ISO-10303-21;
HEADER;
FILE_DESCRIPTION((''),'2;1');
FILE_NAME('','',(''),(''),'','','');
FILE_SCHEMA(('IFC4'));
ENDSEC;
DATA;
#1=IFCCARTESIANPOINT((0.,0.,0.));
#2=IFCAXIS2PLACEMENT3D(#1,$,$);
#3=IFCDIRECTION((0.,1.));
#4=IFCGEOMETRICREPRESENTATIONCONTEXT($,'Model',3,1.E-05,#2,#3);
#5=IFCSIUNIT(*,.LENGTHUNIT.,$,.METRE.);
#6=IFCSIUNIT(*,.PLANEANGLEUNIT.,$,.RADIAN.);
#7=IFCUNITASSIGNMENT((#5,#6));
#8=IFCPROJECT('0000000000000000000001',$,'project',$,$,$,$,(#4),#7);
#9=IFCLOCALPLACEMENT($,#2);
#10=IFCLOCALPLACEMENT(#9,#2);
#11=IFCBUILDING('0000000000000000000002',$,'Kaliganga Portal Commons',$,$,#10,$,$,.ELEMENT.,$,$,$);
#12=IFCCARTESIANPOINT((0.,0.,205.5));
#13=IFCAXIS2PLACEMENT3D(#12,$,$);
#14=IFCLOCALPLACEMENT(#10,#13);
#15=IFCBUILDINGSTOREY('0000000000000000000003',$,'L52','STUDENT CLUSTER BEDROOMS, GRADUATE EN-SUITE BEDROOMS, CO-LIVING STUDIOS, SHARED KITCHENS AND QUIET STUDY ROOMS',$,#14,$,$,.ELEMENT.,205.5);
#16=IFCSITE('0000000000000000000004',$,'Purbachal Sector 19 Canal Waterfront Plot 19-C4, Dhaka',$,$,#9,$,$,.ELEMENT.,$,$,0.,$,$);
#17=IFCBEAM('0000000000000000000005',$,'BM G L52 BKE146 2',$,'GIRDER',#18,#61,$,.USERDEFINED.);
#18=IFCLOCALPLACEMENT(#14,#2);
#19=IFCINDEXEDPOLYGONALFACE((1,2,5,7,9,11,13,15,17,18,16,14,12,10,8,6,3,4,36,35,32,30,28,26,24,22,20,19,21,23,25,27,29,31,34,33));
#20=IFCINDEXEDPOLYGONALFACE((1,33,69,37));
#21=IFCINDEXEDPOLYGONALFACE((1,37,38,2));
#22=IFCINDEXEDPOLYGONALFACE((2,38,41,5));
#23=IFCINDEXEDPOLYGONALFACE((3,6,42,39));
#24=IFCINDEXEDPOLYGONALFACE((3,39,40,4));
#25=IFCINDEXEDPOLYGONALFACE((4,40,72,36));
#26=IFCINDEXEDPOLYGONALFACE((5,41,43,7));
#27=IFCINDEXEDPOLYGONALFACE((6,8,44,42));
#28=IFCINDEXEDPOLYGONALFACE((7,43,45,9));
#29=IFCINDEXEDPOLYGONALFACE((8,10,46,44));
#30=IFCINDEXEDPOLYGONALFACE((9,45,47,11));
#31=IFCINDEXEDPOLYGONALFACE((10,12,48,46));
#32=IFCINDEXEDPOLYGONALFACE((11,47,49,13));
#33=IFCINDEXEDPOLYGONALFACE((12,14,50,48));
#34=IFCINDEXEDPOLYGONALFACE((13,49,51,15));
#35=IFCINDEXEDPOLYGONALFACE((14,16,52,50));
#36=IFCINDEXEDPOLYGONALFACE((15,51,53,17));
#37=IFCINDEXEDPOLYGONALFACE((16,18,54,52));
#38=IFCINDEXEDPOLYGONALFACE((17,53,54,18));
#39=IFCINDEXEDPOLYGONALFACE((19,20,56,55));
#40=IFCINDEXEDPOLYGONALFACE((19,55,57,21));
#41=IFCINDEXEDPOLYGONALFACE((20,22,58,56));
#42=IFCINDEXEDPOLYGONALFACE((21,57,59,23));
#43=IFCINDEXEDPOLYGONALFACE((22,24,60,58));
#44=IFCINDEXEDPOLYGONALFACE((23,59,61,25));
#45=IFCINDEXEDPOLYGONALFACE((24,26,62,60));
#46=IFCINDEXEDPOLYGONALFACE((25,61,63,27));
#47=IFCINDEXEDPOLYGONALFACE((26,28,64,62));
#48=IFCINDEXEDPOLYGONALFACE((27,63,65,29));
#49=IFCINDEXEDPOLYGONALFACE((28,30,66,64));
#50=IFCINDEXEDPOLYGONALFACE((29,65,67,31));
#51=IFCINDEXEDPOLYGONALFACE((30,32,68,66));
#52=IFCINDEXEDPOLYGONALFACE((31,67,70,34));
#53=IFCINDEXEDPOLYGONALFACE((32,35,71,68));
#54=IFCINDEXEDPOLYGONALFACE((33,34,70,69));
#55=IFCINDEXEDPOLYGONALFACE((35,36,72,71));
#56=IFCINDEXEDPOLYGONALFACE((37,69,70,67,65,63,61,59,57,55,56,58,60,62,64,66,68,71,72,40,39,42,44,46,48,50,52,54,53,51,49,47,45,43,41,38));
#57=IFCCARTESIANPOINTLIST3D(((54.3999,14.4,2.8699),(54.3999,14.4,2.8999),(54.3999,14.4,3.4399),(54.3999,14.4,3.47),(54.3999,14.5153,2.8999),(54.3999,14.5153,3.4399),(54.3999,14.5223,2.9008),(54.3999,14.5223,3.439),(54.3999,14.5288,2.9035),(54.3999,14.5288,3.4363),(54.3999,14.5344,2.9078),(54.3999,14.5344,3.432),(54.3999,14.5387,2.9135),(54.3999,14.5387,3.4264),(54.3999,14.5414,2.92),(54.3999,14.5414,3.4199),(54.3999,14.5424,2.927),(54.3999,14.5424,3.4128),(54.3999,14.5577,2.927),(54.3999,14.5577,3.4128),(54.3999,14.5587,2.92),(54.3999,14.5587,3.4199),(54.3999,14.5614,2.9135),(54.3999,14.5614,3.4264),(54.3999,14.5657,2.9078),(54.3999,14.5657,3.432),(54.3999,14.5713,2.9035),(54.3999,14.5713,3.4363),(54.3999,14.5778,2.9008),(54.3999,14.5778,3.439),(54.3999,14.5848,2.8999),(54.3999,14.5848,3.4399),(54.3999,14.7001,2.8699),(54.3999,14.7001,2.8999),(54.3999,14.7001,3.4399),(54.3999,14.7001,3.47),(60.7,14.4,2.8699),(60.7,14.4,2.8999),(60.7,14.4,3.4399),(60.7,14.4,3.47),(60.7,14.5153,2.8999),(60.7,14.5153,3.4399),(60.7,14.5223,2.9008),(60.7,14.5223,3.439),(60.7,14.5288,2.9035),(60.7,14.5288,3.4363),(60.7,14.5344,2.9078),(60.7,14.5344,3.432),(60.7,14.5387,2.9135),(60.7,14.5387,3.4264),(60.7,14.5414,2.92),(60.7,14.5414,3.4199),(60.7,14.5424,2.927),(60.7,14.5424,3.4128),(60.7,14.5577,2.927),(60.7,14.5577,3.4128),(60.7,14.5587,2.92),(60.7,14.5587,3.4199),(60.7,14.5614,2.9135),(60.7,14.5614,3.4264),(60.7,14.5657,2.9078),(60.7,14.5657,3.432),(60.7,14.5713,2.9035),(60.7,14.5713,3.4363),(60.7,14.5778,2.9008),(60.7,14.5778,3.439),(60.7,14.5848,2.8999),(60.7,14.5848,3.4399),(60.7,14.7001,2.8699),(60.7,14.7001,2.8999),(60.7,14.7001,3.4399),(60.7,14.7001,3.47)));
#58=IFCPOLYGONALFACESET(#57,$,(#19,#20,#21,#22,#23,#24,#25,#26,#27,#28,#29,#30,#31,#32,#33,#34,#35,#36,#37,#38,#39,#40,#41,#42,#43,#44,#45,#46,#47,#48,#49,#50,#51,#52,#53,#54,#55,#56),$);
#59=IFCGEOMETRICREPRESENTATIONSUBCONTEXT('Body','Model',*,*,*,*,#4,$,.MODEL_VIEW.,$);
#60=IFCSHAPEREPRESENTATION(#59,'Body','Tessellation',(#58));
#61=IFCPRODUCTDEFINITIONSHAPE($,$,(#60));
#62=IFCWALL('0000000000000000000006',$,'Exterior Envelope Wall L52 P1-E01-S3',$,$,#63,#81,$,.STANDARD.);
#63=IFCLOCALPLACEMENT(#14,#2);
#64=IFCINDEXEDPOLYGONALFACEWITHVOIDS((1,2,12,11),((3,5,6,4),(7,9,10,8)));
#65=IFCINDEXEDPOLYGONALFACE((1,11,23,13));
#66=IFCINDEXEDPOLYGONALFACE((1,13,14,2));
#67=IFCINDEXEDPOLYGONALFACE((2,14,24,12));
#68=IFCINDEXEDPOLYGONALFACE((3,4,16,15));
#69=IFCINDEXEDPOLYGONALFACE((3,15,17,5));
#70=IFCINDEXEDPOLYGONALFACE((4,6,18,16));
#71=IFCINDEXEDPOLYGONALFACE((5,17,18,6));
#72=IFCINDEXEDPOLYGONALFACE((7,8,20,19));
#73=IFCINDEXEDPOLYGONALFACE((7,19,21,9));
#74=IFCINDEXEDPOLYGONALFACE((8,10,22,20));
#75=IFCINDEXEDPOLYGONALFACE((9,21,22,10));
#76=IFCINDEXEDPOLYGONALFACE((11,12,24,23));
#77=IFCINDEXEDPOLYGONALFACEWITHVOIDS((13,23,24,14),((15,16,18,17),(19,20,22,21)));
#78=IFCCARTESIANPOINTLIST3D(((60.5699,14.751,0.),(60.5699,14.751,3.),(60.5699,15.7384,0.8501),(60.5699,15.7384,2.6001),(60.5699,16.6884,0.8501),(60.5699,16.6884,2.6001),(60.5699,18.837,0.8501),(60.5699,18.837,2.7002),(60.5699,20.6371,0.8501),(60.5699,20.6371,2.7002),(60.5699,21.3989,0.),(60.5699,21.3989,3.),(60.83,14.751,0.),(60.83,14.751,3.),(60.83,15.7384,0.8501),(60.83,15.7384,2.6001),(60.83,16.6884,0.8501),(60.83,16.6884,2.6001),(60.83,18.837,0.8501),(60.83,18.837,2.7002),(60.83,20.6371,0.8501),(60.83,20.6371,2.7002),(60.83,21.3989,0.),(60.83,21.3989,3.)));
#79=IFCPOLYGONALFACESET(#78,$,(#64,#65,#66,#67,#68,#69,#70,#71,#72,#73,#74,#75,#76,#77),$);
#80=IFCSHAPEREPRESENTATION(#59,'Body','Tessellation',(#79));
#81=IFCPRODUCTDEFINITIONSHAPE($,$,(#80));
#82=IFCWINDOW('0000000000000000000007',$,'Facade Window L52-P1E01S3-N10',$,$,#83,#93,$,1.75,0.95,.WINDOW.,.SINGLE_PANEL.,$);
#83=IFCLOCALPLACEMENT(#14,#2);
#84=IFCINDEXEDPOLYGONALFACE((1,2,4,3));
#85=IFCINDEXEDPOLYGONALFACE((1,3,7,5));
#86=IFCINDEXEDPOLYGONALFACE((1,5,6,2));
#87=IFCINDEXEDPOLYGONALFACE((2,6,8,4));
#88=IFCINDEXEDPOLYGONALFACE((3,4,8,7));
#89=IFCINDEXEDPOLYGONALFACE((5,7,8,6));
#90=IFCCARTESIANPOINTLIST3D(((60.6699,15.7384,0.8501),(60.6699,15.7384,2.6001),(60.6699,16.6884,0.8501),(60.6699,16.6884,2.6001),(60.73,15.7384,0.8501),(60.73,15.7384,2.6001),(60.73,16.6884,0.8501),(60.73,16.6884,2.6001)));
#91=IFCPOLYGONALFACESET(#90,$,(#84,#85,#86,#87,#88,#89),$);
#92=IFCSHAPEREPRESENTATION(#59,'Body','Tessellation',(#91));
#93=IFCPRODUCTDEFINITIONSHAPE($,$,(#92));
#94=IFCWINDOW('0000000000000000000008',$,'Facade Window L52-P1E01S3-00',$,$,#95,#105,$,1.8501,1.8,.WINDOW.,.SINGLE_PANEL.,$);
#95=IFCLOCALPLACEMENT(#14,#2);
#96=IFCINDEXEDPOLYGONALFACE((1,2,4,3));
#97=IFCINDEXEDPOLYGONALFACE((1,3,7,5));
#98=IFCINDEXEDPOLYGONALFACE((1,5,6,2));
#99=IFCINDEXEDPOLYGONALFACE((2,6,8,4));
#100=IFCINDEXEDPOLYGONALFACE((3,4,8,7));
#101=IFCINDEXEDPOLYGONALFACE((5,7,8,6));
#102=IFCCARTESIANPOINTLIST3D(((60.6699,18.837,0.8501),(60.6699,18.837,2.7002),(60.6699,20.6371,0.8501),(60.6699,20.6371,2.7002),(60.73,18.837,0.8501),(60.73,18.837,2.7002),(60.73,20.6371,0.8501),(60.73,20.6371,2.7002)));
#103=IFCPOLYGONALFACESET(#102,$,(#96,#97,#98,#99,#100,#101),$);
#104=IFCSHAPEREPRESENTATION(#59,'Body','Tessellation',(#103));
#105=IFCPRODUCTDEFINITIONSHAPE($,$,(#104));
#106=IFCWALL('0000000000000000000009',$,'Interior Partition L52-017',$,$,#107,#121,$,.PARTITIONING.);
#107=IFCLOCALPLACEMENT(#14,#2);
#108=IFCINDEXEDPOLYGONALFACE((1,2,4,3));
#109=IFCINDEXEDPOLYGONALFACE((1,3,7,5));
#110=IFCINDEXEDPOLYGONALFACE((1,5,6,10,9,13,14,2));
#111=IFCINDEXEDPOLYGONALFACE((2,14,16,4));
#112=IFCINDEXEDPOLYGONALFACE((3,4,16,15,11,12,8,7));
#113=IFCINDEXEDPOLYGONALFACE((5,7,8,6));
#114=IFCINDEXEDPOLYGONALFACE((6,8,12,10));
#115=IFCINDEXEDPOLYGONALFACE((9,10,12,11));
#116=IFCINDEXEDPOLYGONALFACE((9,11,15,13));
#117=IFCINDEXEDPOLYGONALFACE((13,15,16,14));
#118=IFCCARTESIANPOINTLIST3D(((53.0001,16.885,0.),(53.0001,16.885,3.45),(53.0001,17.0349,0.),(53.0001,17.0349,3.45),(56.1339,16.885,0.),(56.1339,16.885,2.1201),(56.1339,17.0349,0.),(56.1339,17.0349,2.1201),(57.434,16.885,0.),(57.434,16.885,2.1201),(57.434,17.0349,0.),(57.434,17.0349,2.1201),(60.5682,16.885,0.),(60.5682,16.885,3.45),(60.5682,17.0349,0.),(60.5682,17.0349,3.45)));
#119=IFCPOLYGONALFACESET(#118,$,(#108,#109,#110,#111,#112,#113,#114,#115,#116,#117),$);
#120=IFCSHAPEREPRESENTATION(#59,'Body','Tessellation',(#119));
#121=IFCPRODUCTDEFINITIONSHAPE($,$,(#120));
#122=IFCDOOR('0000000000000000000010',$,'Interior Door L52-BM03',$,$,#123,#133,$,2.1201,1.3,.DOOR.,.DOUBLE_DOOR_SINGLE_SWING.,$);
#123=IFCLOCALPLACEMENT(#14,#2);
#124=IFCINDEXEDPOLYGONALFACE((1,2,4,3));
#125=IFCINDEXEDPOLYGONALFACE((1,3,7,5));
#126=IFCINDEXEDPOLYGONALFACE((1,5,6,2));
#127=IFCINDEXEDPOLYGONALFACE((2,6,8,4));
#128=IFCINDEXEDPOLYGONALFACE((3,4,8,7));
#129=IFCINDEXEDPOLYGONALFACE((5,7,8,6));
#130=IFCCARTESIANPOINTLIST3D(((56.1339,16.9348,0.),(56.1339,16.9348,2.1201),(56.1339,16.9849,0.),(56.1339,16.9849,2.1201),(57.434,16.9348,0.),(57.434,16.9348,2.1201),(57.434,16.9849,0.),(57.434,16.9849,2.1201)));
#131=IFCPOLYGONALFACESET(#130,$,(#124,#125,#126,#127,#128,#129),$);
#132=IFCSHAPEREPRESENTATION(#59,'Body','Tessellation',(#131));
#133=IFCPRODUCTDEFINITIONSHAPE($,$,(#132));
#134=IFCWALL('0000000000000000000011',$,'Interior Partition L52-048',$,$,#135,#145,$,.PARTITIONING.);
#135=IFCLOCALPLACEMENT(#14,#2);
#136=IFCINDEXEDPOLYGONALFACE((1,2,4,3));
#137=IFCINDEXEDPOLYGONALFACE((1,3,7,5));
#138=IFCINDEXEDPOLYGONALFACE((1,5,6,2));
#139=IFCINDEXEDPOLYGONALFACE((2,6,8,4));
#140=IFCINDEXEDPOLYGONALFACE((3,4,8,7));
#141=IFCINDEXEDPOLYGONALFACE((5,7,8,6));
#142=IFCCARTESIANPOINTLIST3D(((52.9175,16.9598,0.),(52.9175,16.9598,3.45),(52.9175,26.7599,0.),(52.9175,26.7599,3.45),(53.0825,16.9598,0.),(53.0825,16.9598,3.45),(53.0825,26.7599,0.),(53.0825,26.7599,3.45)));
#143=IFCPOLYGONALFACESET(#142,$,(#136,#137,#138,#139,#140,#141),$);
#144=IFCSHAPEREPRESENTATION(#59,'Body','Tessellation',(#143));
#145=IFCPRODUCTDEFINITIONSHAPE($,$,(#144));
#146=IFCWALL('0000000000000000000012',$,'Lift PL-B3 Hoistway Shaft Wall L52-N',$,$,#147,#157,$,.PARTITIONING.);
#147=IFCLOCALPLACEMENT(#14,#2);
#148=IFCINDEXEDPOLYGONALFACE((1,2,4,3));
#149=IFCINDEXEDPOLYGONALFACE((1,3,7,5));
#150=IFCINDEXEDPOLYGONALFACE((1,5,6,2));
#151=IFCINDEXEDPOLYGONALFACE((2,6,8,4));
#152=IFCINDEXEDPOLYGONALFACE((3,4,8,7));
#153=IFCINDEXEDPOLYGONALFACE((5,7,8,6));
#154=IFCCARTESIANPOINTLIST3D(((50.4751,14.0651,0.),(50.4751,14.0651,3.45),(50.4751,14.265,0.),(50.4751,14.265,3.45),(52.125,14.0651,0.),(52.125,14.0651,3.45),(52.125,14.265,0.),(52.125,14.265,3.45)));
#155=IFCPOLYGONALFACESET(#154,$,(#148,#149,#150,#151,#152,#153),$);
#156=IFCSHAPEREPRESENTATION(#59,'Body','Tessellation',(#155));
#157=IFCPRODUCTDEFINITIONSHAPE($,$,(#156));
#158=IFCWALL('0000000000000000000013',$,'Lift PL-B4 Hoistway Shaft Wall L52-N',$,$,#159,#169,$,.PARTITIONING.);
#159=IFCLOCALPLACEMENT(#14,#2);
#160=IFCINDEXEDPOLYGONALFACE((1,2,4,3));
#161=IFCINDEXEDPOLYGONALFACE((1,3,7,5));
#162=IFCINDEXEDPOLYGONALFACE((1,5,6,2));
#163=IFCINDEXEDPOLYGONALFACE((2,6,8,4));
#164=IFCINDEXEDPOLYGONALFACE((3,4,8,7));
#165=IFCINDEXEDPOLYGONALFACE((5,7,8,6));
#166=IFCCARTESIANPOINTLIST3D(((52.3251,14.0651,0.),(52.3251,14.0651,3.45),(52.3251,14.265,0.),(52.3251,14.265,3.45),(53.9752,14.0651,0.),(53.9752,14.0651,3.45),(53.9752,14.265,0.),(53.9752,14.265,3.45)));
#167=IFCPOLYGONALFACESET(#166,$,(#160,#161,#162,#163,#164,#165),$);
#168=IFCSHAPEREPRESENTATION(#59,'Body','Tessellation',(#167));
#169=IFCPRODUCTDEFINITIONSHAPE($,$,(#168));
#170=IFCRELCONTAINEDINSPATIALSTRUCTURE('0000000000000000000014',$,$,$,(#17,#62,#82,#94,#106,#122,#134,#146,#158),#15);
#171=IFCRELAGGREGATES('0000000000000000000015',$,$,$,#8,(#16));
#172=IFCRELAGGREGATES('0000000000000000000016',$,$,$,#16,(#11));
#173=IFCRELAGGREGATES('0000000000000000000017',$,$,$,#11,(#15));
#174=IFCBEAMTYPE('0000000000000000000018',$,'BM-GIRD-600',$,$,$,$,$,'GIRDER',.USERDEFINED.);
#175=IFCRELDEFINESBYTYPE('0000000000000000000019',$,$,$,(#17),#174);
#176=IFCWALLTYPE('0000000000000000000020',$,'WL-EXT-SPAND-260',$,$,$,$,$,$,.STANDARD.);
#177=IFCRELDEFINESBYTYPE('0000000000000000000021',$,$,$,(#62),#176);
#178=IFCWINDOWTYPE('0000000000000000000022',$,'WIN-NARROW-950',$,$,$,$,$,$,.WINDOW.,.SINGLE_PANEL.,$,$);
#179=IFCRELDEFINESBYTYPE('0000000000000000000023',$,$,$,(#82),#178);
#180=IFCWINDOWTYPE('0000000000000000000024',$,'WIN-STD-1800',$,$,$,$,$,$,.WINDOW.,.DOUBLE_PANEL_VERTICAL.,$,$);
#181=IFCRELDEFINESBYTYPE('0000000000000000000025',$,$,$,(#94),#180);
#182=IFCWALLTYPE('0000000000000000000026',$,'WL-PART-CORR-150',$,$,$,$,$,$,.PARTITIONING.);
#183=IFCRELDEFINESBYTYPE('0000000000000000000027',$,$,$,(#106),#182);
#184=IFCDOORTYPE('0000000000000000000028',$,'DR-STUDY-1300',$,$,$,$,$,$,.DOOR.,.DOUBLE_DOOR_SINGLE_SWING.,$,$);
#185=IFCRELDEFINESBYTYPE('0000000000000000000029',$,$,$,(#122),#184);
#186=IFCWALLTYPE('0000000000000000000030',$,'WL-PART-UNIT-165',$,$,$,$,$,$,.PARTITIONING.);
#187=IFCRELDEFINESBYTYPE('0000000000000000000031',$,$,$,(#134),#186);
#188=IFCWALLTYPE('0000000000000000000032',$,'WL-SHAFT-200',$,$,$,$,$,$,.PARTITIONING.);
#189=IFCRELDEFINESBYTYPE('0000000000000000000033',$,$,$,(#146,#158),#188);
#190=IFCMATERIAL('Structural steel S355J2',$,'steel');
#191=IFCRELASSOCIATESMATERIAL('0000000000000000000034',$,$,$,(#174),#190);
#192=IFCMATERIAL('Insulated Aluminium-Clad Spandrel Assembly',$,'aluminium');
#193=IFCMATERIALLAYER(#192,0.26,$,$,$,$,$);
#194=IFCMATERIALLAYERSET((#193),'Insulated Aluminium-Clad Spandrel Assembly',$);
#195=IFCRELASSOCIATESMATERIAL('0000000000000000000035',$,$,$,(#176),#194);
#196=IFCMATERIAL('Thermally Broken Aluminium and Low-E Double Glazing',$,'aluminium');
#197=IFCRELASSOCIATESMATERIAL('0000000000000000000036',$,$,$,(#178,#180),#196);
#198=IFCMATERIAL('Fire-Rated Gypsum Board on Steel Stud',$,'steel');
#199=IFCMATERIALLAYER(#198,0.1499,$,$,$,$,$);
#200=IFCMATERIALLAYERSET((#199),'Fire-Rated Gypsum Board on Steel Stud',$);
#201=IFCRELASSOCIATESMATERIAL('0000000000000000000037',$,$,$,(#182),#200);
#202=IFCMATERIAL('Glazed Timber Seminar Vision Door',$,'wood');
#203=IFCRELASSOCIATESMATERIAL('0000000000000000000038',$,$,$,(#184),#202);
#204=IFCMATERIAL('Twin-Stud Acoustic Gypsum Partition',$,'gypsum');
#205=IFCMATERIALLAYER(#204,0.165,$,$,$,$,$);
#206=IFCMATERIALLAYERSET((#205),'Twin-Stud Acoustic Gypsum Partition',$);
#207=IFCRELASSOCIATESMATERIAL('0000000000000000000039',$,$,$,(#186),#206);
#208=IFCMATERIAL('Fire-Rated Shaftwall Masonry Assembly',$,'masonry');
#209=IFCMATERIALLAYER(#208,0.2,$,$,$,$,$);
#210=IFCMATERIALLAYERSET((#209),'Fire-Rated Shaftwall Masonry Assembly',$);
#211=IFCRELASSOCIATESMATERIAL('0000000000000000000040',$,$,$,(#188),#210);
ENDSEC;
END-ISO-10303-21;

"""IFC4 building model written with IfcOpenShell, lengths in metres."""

from ifc_helpers import new_model, si_unit, direction, frame, frame_2d, origin, origin_2d, place, context, subcontext, project, spatial, rectangle, i_section, extrude, source, transform, mapped, material, layer, layer_set, material_profile, profile_set, type_object, element, fill, save


model = new_model("IFC4")

# Units and contexts
model_context = context("Model", 3, precision=1e-05, world=origin(), true_north=direction((0.0, 1.0)))
body_context = subcontext(model_context, "Body", "Model", "MODEL_VIEW")
ifc_project = project(units=[si_unit("LENGTHUNIT", "METRE"), si_unit("PLANEANGLEUNIT", "RADIAN")], contexts=[model_context])

# Site, building, storey
site_placement = place(None, origin())
site = spatial("IfcSite", under=ifc_project, at=site_placement, Name="Purbachal Sector 19 Canal Waterfront Plot 19-C4, Dhaka", CompositionType="ELEMENT", RefElevation=0.0)
building_placement = place(site_placement, origin())
building = spatial("IfcBuilding", under=site, at=building_placement, Name="Kaliganga Portal Commons", CompositionType="ELEMENT")
storey_placement = place(building_placement, frame((0.0, 0.0, 205.5)))
storey = spatial("IfcBuildingStorey", under=building, at=storey_placement, Name="L52", Description="STUDENT CLUSTER BEDROOMS, GRADUATE EN-SUITE BEDROOMS, CO-LIVING STUDIOS, SHARED KITCHENS AND QUIET STUDY ROOMS", CompositionType="ELEMENT", Elevation=205.5)

# Shared definitions
ifc_material_1 = material(Name="Structural steel S355J2", Category="steel")

# Beam
ifc_material_profile_1 = material_profile(ifc_material_1, i_section(OverallWidth=0.3, OverallDepth=0.6001, WebThickness=0.0154, FlangeThickness=0.03, FilletRadius=0.0271, at=origin_2d()), Name="HE 600 B")
ifc_profile_set_1 = profile_set([ifc_material_profile_1], Name="Structural steel S355J2 wide-flange")
beam_type_1 = type_object("IfcBeamType", Name="BM-GIRD-600", ElementType="GIRDER", PredefinedType="USERDEFINED", material=ifc_profile_set_1)
shared_shape_1 = source(origin(), body_context, "Body", "SweptSolid", [
    extrude(i_section(OverallWidth=0.3, OverallDepth=0.6001, WebThickness=0.0154, FlangeThickness=0.03, FilletRadius=0.0271, at=origin_2d()), origin(), (0.0, 0.0, 1.0), 6.3),
])
beam_1_placement = place(storey_placement, frame((54.3999, 14.55, 3.1699), z_axis=(1.0, 0.0, 0.0), x_axis=(0.0, 1.0, 0.0)))
element("IfcBeam", 1, at=beam_1_placement, inside=storey, type_object=beam_type_1, Name="BM G L52 BKE146 2", ObjectType="GIRDER", PredefinedType="USERDEFINED", context=body_context, shape_type="MappedRepresentation", body=[
    mapped(shared_shape_1, transform((0.0, 0.0, 0.0), x_axis=(1.0, 0.0, 0.0), y_axis=(0.0, 1.0, 0.0), z_axis=(0.0, 0.0, 1.0), scale=1.0)),
])

# Shared definitions
ifc_material_2 = material(Name="Insulated Aluminium-Clad Spandrel Assembly", Category="aluminium")
ifc_layer_1 = layer(ifc_material_2, 0.26)
ifc_layer_set_1 = layer_set([ifc_layer_1], Name="Insulated Aluminium-Clad Spandrel Assembly")
wall_type_1 = type_object("IfcWallType", Name="WL-EXT-SPAND-260", PredefinedType="STANDARD", material=ifc_layer_set_1)

# Wall, openings, windows
wall_1_placement = place(storey_placement, frame((60.7, 21.3989, 0.0), z_axis=(0.0, 0.0, 1.0), x_axis=(0.0, -1.0, 0.0)))
wall_1 = element("IfcWall", 2, at=wall_1_placement, inside=storey, type_object=wall_type_1, Name="Exterior Envelope Wall L52 P1-E01-S3", PredefinedType="STANDARD", context=body_context, shape_type="SweptSolid", body=[
    extrude(rectangle(XDim=6.6479, YDim=0.26, at=frame_2d((3.324, 0.0))), origin(), (0.0, 0.0, 1.0), 3.0),
])
opening_1_placement = place(wall_1_placement, frame((0.762, 0.0, 0.8501)))
opening_1 = element("IfcOpeningElement", 3, at=opening_1_placement, cuts=wall_1, PredefinedType="OPENING", context=body_context, shape_type="SweptSolid", body=[
    extrude(rectangle(XDim=1.8, YDim=1.8501, at=frame_2d((0.8999, 0.925))), frame((0.0, 0.1401, 0.0), z_axis=(0.0, -1.0, 0.0), x_axis=(1.0, 0.0, 0.0)), (0.0, 0.0, 1.0), 0.28),
])
opening_2_placement = place(wall_1_placement, frame((4.7104, 0.0, 0.8501)))
opening_2 = element("IfcOpeningElement", 4, at=opening_2_placement, cuts=wall_1, PredefinedType="OPENING", context=body_context, shape_type="SweptSolid", body=[
    extrude(rectangle(XDim=0.95, YDim=1.75, at=frame_2d((0.4751, 0.875))), frame((0.0, 0.1401, 0.0), z_axis=(0.0, -1.0, 0.0), x_axis=(1.0, 0.0, 0.0)), (0.0, 0.0, 1.0), 0.28),
])
ifc_material_3 = material(Name="Thermally Broken Aluminium and Low-E Double Glazing", Category="aluminium")
window_type_1 = type_object("IfcWindowType", Name="WIN-NARROW-950", PartitioningType="SINGLE_PANEL", PredefinedType="WINDOW", material=ifc_material_3)
window_1_placement = place(opening_2_placement, origin())
window_1 = element("IfcWindow", 5, at=window_1_placement, inside=storey, type_object=window_type_1, Name="Facade Window L52-P1E01S3-N10", OverallHeight=1.75, OverallWidth=0.95, PartitioningType="SINGLE_PANEL", PredefinedType="WINDOW", context=body_context, shape_type="SweptSolid", body=[
    extrude(rectangle(XDim=0.95, YDim=1.75, at=frame_2d((0.4751, 0.875))), frame((0.0, 0.03, 0.0), z_axis=(0.0, -1.0, 0.0), x_axis=(1.0, 0.0, 0.0)), (0.0, 0.0, 1.0), 0.0601),
])
fill(opening_2, window_1)
window_type_2 = type_object("IfcWindowType", Name="WIN-STD-1800", PartitioningType="DOUBLE_PANEL_VERTICAL", PredefinedType="WINDOW", material=ifc_material_3)
window_2_placement = place(opening_1_placement, origin())
window_2 = element("IfcWindow", 6, at=window_2_placement, inside=storey, type_object=window_type_2, Name="Facade Window L52-P1E01S3-00", OverallHeight=1.8501, OverallWidth=1.8, PartitioningType="SINGLE_PANEL", PredefinedType="WINDOW", context=body_context, shape_type="SweptSolid", body=[
    extrude(rectangle(XDim=1.8, YDim=1.8501, at=frame_2d((0.8999, 0.925))), frame((0.0, 0.03, 0.0), z_axis=(0.0, -1.0, 0.0), x_axis=(1.0, 0.0, 0.0)), (0.0, 0.0, 1.0), 0.0601),
])
fill(opening_1, window_2)

# Wall, opening, door
ifc_material_4 = material(Name="Fire-Rated Gypsum Board on Steel Stud", Category="steel")
ifc_layer_2 = layer(ifc_material_4, 0.1499)
ifc_layer_set_2 = layer_set([ifc_layer_2], Name="Fire-Rated Gypsum Board on Steel Stud")
wall_type_2 = type_object("IfcWallType", Name="WL-PART-CORR-150", PredefinedType="PARTITIONING", material=ifc_layer_set_2)
wall_2_placement = place(storey_placement, frame((53.0, 16.96, 0.0), z_axis=(0.0, 0.0, 1.0), x_axis=(1.0, 0.0, 0.0)))
wall_2 = element("IfcWall", 7, at=wall_2_placement, inside=storey, type_object=wall_type_2, Name="Interior Partition L52-017", PredefinedType="PARTITIONING", context=body_context, shape_type="SweptSolid", body=[
    extrude(rectangle(XDim=7.5681, YDim=0.1499, at=frame_2d((3.7842, 0.0))), origin(), (0.0, 0.0, 1.0), 3.45),
])
opening_3_placement = place(wall_2_placement, frame((3.134, 0.0, 0.0)))
opening_3 = element("IfcOpeningElement", 8, at=opening_3_placement, cuts=wall_2, PredefinedType="OPENING", context=body_context, shape_type="SweptSolid", body=[
    extrude(rectangle(XDim=1.3, YDim=2.1201, at=frame_2d((0.6499, 1.0601))), frame((0.0, 0.085, 0.0), z_axis=(0.0, -1.0, 0.0), x_axis=(1.0, 0.0, 0.0)), (0.0, 0.0, 1.0), 0.1699),
])
ifc_material_5 = material(Name="Glazed Timber Seminar Vision Door", Category="wood")
door_type_1 = type_object("IfcDoorType", Name="DR-STUDY-1300", OperationType="DOUBLE_DOOR_SINGLE_SWING", PredefinedType="DOOR", material=ifc_material_5)
door_1_placement = place(opening_3_placement, origin())
door_1 = element("IfcDoor", 9, at=door_1_placement, inside=storey, type_object=door_type_1, Name="Interior Door L52-BM03", OperationType="DOUBLE_DOOR_SINGLE_SWING", OverallHeight=2.1201, OverallWidth=1.3, PredefinedType="DOOR", context=body_context, shape_type="SweptSolid", body=[
    extrude(rectangle(XDim=1.3, YDim=2.1201, at=frame_2d((0.6499, 1.0601))), frame((0.0, 0.0249, 0.0), z_axis=(0.0, -1.0, 0.0), x_axis=(1.0, 0.0, 0.0)), (0.0, 0.0, 1.0), 0.05),
])
fill(opening_3, door_1)

# Walls
ifc_material_6 = material(Name="Twin-Stud Acoustic Gypsum Partition", Category="gypsum")
ifc_layer_3 = layer(ifc_material_6, 0.165)
ifc_layer_set_3 = layer_set([ifc_layer_3], Name="Twin-Stud Acoustic Gypsum Partition")
wall_type_3 = type_object("IfcWallType", Name="WL-PART-UNIT-165", PredefinedType="PARTITIONING", material=ifc_layer_set_3)
wall_3_placement = place(storey_placement, frame((53.0, 16.96, 0.0), z_axis=(0.0, 0.0, 1.0), x_axis=(0.0, 1.0, 0.0)))
element("IfcWall", 10, at=wall_3_placement, inside=storey, type_object=wall_type_3, Name="Interior Partition L52-048", PredefinedType="PARTITIONING", context=body_context, shape_type="SweptSolid", body=[
    extrude(rectangle(XDim=9.8, YDim=0.165, at=frame_2d((4.8999, 0.0))), origin(), (0.0, 0.0, 1.0), 3.45),
])
ifc_material_7 = material(Name="Fire-Rated Shaftwall Masonry Assembly", Category="masonry")
ifc_layer_4 = layer(ifc_material_7, 0.2)
ifc_layer_set_4 = layer_set([ifc_layer_4], Name="Fire-Rated Shaftwall Masonry Assembly")
wall_type_4 = type_object("IfcWallType", Name="WL-SHAFT-200", PredefinedType="PARTITIONING", material=ifc_layer_set_4)
wall_4_placement = place(storey_placement, frame((50.4751, 14.165, 0.0), z_axis=(0.0, 0.0, 1.0), x_axis=(1.0, 0.0, 0.0)))
element("IfcWall", 11, at=wall_4_placement, inside=storey, type_object=wall_type_4, Name="Lift PL-B3 Hoistway Shaft Wall L52-N", PredefinedType="PARTITIONING", context=body_context, shape_type="SweptSolid", body=[
    extrude(rectangle(XDim=1.6499, YDim=0.2, at=frame_2d((0.825, 0.0))), origin(), (0.0, 0.0, 1.0), 3.45),
])
wall_5_placement = place(storey_placement, frame((52.325, 14.165, 0.0), z_axis=(0.0, 0.0, 1.0), x_axis=(1.0, 0.0, 0.0)))
element("IfcWall", 12, at=wall_5_placement, inside=storey, type_object=wall_type_4, Name="Lift PL-B4 Hoistway Shaft Wall L52-N", PredefinedType="PARTITIONING", context=body_context, shape_type="SweptSolid", body=[
    extrude(rectangle(XDim=1.6501, YDim=0.2, at=frame_2d((0.8252, 0.0))), origin(), (0.0, 0.0, 1.0), 3.45),
])

save(model, "model.ifc")
